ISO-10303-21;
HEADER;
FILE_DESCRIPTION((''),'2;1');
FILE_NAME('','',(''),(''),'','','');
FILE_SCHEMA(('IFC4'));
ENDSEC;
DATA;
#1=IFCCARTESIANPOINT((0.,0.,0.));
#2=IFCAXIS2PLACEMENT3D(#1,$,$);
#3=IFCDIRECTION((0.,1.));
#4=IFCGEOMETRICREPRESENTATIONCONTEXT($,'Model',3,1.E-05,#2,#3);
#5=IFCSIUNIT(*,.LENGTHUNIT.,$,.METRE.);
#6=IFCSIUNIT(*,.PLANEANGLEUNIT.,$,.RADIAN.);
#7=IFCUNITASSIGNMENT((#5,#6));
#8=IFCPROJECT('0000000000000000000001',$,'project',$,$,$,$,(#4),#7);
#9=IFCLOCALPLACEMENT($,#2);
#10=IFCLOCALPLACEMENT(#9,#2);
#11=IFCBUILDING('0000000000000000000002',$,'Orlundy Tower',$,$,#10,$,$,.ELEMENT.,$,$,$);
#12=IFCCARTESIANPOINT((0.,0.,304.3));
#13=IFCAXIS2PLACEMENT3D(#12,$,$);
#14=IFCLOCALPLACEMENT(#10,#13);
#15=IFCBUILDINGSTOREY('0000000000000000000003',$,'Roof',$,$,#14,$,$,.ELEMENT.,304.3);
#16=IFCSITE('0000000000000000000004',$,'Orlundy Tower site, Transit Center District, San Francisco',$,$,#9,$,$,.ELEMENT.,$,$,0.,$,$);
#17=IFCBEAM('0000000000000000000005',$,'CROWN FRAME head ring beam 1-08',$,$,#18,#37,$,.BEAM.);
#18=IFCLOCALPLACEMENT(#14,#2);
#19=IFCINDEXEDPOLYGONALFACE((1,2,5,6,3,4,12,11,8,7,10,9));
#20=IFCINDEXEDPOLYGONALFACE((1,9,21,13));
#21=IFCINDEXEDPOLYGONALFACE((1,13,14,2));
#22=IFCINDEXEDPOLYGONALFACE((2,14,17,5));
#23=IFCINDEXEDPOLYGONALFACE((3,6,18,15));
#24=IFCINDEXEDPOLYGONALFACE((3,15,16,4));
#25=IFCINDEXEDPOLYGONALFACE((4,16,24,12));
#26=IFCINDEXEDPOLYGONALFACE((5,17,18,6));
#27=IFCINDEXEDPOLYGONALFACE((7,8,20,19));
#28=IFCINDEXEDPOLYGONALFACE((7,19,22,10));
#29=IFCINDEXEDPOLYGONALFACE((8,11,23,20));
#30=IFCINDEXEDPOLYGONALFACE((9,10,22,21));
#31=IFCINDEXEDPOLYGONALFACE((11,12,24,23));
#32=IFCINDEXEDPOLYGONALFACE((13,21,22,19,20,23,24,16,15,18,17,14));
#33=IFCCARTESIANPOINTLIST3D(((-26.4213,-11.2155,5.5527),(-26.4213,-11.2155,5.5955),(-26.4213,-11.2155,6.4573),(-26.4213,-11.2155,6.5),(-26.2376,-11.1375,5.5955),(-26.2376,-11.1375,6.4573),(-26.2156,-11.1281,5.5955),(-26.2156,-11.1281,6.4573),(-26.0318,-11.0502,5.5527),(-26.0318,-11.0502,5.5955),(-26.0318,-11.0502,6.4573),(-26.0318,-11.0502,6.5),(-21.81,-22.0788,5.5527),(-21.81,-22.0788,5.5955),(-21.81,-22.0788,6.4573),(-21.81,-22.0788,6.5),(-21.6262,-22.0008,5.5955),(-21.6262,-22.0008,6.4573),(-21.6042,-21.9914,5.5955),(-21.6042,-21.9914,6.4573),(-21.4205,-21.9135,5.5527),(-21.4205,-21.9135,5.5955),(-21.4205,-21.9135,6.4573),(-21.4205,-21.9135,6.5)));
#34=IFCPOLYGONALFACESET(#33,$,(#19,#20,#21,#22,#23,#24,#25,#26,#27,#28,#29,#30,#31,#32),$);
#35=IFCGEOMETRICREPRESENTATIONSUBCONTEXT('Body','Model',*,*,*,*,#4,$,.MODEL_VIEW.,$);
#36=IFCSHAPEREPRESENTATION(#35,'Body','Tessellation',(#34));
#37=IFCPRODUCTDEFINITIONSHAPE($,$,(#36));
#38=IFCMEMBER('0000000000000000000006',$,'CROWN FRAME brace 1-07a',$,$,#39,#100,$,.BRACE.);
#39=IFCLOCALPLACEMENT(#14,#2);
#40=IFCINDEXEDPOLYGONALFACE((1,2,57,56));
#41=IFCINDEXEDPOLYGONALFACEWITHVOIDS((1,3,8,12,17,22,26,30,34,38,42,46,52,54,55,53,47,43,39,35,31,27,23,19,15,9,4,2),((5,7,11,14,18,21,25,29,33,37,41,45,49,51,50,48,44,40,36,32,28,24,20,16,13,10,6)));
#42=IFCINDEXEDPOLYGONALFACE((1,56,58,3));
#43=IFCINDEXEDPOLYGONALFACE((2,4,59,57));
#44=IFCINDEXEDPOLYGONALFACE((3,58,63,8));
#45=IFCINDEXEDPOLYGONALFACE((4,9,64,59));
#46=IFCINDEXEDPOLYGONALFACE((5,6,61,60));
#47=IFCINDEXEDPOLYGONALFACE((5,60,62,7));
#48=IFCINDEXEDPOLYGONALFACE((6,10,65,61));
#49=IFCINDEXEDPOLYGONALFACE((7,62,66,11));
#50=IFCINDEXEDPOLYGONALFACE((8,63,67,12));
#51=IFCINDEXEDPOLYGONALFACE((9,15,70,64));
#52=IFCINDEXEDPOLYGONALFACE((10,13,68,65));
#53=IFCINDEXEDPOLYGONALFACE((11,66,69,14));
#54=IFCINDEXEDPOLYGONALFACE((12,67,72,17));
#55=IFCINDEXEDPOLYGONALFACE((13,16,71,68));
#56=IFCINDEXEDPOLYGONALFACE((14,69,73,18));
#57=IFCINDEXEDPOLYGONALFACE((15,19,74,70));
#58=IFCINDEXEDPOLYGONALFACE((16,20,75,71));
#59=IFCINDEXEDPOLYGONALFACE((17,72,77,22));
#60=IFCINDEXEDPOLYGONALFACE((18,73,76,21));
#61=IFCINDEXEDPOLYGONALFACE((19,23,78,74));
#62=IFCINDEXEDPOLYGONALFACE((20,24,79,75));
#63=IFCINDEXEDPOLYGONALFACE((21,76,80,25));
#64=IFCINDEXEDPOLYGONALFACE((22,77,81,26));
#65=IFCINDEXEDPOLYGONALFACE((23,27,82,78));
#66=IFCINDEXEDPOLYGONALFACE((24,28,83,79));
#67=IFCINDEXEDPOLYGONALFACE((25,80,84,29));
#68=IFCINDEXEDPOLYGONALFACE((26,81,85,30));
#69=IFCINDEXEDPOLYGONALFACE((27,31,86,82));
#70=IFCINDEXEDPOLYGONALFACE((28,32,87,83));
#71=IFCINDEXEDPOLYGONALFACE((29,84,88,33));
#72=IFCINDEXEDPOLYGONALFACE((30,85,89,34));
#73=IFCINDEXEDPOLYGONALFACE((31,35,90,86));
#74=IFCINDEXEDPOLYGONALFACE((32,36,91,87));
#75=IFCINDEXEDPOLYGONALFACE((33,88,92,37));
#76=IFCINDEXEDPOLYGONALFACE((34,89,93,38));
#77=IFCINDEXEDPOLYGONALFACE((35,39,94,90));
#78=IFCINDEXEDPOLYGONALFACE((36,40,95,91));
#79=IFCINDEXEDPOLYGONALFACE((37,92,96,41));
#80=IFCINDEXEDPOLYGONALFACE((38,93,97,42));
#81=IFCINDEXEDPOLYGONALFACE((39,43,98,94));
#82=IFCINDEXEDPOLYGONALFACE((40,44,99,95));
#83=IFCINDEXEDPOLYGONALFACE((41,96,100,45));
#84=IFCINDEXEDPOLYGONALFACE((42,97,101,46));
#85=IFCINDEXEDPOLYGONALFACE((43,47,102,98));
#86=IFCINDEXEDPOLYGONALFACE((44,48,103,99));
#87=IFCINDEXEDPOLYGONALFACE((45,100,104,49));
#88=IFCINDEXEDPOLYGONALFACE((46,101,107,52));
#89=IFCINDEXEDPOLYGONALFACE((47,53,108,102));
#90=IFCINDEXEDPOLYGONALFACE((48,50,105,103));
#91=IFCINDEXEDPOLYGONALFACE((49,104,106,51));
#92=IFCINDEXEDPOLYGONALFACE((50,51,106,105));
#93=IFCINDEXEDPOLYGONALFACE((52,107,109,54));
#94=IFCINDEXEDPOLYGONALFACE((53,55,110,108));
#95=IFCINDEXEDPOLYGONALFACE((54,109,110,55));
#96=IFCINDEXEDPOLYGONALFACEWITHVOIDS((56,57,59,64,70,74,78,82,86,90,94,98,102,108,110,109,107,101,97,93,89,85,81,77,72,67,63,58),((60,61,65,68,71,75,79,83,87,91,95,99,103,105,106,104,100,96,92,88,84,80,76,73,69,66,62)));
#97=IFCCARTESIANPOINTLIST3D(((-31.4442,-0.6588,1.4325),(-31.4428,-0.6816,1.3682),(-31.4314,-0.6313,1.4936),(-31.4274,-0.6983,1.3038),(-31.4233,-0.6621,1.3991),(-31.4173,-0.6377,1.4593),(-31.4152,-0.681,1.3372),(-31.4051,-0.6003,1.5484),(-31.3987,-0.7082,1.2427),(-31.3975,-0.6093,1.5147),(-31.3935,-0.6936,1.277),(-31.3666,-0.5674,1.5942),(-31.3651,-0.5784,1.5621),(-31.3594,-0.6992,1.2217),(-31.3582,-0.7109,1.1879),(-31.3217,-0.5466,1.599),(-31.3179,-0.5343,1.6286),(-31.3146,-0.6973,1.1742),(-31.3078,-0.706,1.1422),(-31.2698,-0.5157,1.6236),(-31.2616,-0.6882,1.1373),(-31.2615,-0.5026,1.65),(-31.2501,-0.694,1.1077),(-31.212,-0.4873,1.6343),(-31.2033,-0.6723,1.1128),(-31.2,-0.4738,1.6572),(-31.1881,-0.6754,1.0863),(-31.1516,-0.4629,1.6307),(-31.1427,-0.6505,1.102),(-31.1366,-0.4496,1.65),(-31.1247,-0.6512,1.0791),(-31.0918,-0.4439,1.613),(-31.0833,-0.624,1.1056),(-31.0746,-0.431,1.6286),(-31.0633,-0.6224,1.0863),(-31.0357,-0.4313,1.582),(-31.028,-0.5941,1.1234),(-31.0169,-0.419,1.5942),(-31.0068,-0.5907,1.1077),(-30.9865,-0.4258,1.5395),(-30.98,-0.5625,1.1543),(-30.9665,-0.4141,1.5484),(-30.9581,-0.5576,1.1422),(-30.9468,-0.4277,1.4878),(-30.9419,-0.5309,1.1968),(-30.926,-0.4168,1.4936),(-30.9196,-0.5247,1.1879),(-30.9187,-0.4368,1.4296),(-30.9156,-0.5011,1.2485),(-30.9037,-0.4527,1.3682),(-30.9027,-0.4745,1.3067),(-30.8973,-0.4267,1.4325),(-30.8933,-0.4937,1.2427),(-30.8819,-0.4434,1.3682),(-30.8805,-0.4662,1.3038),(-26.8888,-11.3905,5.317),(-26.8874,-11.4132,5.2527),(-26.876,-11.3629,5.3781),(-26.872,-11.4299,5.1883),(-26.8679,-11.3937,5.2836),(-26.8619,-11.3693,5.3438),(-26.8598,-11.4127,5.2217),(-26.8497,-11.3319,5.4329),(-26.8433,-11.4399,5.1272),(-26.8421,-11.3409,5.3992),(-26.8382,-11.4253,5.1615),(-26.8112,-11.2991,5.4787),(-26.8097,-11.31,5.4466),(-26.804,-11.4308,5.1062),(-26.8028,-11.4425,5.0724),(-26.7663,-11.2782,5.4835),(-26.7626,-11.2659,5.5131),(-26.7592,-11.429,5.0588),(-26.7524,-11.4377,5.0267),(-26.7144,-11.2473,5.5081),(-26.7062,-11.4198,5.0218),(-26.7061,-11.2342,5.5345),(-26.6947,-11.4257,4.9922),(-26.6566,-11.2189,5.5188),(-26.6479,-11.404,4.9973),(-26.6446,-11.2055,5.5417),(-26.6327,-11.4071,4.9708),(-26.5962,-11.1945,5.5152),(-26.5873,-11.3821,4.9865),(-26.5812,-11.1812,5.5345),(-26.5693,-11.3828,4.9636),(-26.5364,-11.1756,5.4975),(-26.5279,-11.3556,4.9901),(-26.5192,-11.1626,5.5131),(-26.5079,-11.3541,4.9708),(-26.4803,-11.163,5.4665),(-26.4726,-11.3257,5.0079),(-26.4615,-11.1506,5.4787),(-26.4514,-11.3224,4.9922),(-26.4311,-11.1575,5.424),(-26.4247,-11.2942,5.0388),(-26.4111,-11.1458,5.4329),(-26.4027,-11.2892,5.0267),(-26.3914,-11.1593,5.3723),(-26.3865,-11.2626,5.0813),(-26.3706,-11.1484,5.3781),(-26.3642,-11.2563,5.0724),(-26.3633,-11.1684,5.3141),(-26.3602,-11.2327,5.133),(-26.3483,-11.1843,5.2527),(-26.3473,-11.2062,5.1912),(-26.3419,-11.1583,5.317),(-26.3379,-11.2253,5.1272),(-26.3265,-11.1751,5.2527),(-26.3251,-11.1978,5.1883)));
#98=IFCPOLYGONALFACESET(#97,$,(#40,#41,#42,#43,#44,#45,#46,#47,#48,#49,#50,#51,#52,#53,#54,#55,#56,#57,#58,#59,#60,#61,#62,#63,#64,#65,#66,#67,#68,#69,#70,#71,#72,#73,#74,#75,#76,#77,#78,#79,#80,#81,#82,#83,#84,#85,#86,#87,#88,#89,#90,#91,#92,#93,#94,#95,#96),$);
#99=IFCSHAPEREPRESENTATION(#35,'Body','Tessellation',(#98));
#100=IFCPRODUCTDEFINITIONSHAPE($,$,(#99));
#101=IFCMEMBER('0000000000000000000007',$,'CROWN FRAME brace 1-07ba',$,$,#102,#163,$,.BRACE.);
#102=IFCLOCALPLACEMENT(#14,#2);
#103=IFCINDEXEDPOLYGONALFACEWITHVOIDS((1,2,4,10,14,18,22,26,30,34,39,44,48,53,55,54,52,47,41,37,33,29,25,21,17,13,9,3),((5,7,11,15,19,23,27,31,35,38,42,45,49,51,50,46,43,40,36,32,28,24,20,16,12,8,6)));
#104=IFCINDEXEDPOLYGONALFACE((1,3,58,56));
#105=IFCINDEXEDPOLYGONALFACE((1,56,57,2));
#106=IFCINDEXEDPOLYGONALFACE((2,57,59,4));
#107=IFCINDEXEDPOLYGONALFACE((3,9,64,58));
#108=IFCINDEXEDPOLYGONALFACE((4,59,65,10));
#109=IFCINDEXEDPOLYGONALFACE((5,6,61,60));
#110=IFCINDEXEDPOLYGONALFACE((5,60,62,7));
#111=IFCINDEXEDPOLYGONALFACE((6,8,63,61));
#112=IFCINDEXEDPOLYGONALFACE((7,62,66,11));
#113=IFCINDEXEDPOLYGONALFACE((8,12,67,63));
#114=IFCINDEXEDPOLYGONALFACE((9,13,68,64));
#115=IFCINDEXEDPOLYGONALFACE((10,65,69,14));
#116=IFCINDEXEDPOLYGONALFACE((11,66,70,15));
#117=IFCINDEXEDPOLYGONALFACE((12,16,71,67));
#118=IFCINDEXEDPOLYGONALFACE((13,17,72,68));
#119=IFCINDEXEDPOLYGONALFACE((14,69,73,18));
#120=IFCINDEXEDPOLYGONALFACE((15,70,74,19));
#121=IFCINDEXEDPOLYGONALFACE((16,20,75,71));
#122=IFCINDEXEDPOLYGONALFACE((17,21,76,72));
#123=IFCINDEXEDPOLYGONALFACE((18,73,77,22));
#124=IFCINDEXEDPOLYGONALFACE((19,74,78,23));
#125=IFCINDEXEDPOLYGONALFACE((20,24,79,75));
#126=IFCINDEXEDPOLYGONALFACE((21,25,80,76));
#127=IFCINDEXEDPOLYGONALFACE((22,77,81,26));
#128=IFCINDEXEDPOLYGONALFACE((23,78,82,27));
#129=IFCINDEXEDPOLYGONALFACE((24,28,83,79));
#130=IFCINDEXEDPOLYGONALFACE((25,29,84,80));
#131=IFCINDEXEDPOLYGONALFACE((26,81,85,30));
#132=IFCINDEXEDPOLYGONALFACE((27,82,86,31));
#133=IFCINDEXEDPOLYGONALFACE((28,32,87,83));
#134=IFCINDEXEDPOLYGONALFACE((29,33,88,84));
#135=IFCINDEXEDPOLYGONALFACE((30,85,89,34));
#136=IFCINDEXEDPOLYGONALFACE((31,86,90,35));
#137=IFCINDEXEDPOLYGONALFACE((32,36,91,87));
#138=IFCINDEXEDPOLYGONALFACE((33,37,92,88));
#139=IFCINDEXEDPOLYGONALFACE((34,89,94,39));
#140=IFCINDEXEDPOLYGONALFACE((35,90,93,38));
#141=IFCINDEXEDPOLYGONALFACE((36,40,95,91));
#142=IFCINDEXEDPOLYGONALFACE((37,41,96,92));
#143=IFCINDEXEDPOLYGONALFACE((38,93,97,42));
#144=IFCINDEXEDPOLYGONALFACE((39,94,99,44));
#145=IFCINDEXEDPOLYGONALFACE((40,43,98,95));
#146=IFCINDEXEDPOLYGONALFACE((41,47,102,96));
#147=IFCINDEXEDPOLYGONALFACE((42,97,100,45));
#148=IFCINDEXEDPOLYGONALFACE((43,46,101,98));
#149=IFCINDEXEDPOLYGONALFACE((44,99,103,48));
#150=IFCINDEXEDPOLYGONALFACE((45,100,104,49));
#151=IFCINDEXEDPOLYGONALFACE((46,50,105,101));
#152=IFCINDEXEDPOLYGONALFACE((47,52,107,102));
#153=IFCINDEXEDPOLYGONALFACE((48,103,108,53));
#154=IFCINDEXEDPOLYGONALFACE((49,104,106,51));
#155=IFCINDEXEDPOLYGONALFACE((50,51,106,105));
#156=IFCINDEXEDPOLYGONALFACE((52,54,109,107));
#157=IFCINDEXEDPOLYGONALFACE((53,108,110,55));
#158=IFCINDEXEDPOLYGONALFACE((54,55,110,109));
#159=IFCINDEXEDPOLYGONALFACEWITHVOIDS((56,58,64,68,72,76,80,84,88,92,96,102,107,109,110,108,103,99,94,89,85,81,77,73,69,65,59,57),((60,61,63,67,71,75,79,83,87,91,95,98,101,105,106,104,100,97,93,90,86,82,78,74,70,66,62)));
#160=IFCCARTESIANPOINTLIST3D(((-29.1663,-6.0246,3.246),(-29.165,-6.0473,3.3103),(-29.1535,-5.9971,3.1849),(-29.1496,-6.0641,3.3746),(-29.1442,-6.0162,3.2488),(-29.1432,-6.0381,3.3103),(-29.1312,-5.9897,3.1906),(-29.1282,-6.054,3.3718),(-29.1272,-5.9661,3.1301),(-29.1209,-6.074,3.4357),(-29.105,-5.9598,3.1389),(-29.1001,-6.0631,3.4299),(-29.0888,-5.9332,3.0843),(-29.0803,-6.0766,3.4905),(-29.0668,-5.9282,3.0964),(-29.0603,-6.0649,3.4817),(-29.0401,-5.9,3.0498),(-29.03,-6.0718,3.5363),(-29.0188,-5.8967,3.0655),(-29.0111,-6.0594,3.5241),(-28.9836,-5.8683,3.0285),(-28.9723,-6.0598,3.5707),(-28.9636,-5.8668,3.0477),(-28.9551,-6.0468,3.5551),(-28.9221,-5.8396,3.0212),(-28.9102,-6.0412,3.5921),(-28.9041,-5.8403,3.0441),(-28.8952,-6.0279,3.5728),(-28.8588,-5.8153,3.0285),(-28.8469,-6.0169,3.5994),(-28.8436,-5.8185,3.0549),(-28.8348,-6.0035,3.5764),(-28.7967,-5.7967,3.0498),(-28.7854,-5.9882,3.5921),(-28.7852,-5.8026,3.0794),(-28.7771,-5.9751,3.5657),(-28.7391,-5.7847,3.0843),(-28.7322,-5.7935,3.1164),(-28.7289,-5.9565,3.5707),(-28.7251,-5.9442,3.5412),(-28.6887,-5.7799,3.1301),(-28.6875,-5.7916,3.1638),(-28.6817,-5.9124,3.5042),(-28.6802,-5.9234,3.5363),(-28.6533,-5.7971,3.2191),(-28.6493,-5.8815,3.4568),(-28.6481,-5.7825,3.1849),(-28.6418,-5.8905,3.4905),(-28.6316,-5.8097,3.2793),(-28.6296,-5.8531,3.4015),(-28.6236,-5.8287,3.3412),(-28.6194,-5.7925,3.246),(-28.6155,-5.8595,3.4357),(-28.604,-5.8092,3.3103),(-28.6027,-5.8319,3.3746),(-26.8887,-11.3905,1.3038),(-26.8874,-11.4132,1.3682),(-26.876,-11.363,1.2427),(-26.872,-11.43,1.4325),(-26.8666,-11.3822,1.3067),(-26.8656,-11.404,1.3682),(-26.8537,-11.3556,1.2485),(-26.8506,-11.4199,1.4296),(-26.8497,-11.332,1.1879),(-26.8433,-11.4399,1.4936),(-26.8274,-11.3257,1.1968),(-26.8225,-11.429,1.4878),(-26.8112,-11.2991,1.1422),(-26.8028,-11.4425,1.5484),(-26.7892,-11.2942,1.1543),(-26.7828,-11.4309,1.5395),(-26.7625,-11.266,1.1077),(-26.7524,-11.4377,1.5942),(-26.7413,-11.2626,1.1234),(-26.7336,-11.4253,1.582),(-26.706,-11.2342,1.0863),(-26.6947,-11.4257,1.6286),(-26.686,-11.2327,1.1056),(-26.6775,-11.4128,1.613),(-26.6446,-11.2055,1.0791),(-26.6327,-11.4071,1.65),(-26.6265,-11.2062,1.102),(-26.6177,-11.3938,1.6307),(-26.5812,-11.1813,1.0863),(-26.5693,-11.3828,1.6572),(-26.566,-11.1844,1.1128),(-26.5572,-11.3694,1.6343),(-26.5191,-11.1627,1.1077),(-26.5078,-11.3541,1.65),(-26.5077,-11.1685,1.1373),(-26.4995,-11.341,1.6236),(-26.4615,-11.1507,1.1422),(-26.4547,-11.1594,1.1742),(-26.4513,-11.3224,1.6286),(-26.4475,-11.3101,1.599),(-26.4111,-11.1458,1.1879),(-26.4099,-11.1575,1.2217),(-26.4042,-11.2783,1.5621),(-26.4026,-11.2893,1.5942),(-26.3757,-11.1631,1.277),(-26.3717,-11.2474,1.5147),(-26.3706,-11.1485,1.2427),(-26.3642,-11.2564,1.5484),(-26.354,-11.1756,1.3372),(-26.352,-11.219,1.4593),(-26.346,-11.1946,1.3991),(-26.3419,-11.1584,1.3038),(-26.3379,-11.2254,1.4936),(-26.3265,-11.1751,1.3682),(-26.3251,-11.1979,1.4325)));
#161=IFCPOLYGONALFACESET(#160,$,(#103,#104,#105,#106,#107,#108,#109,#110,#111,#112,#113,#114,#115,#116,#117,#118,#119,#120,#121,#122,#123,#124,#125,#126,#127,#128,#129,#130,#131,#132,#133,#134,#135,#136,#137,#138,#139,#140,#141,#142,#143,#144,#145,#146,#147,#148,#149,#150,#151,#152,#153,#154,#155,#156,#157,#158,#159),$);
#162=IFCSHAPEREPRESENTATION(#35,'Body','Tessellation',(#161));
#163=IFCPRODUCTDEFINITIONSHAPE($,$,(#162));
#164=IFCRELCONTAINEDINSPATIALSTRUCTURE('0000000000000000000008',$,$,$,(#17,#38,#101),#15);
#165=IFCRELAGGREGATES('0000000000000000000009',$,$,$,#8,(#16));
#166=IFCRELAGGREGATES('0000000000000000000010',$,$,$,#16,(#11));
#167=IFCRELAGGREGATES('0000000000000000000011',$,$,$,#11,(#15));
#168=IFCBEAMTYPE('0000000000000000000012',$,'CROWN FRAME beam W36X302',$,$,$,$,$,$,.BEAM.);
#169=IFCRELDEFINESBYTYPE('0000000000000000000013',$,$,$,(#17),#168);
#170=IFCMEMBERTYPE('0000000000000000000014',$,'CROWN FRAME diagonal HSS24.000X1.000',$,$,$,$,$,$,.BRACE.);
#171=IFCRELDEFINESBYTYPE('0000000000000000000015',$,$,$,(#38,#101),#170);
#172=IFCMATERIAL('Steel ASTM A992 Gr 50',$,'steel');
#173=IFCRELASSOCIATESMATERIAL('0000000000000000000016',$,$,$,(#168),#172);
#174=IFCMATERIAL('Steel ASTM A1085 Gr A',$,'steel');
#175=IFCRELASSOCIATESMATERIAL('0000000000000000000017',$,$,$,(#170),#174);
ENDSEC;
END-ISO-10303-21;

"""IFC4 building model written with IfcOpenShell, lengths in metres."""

from ifc_helpers import new_model, si_unit, direction, frame, origin, origin_2d, place, context, subcontext, project, spatial, hollow_circle, i_section, extrude, material, material_profile, profile_set, type_object, element, save


model = new_model("IFC4")

# Units and contexts
model_context = context("Model", 3, precision=1e-05, world=origin(), true_north=direction((0.0, 1.0)))
body_context = subcontext(model_context, "Body", "Model", "MODEL_VIEW")
ifc_project = project(units=[si_unit("LENGTHUNIT", "METRE"), si_unit("PLANEANGLEUNIT", "RADIAN")], contexts=[model_context])

# Site, building, storey
site_placement = place(None, origin())
site = spatial("IfcSite", under=ifc_project, at=site_placement, Name="Orlundy Tower site, Transit Center District, San Francisco", CompositionType="ELEMENT", RefElevation=0.0)
building_placement = place(site_placement, origin())
building = spatial("IfcBuilding", under=site, at=building_placement, Name="Orlundy Tower", CompositionType="ELEMENT")
storey_placement = place(building_placement, frame((0.0, 0.0, 304.3)))
storey = spatial("IfcBuildingStorey", under=building, at=storey_placement, Name="Roof", CompositionType="ELEMENT", Elevation=304.3)

# Beam
ifc_material_1 = material(Name="Steel ASTM A992 Gr 50", Category="steel")
ifc_material_profile_1 = material_profile(ifc_material_1, i_section(OverallWidth=0.4231, OverallDepth=0.9473, WebThickness=0.0239, FlangeThickness=0.0427, at=origin_2d()), Name="W36X302")
ifc_profile_set_1 = profile_set([ifc_material_profile_1], Name="Steel ASTM A992 Gr 50")
beam_type_1 = type_object("IfcBeamType", Name="CROWN FRAME beam W36X302", PredefinedType="BEAM", material=ifc_profile_set_1)
beam_1_placement = place(storey_placement, frame((-26.2266, -11.1328, 6.0264), z_axis=(0.390741, -0.920501, 0.0), x_axis=(0.920501, 0.390741, 0.0)))
element("IfcBeam", 1, at=beam_1_placement, inside=storey, type_object=beam_type_1, Name="CROWN FRAME head ring beam 1-08", PredefinedType="BEAM", context=body_context, shape_type="SweptSolid", body=[
    extrude(i_section(OverallWidth=0.4231, OverallDepth=0.9473, WebThickness=0.0239, FlangeThickness=0.0427, at=origin_2d()), origin(), (0.0, 0.0, 1.0), 11.8015),
])

# Members
ifc_material_2 = material(Name="Steel ASTM A1085 Gr A", Category="steel")
ifc_material_profile_2 = material_profile(ifc_material_2, hollow_circle(Radius=0.3047, WallThickness=0.0237, at=origin_2d()), Name="HSS24.000X1.000")
ifc_profile_set_2 = profile_set([ifc_material_profile_2], Name="Steel ASTM A1085 Gr A")
member_type_1 = type_object("IfcMemberType", Name="CROWN FRAME diagonal HSS24.000X1.000", PredefinedType="BRACE", material=ifc_profile_set_2)
member_1_placement = place(storey_placement, frame((-31.1624, -0.5625, 1.3682), z_axis=(0.370702, -0.873302, 0.316107), x_axis=(0.920502, 0.390738, 0.0)))
element("IfcMember", 2, at=member_1_placement, inside=storey, type_object=member_type_1, Name="CROWN FRAME brace 1-07a", PredefinedType="BRACE", context=body_context, shape_type="SweptSolid", body=[
    extrude(hollow_circle(Radius=0.3047, WallThickness=0.0237, at=origin_2d()), origin(), (0.0, 0.0, 1.0), 12.2886),
])
for number, where, z_axis, x_axis, name in (
    (3, (-26.6069, -11.2942, 1.3682), (-0.370681, 0.873319, 0.316086), (-0.920513, -0.390712, 0.0), "CROWN FRAME brace 1-07ba"),
):
    element("IfcMember", number, at=place(storey_placement, frame(where, z_axis=z_axis, x_axis=x_axis)), inside=storey, type_object=member_type_1, Name=name, PredefinedType="BRACE", context=body_context, shape_type="SweptSolid", body=[
        extrude(hollow_circle(Radius=0.3047, WallThickness=0.0237, at=origin_2d()), origin(), (0.0, 0.0, 1.0), 6.1443),
    ])

save(model, "model.ifc")
